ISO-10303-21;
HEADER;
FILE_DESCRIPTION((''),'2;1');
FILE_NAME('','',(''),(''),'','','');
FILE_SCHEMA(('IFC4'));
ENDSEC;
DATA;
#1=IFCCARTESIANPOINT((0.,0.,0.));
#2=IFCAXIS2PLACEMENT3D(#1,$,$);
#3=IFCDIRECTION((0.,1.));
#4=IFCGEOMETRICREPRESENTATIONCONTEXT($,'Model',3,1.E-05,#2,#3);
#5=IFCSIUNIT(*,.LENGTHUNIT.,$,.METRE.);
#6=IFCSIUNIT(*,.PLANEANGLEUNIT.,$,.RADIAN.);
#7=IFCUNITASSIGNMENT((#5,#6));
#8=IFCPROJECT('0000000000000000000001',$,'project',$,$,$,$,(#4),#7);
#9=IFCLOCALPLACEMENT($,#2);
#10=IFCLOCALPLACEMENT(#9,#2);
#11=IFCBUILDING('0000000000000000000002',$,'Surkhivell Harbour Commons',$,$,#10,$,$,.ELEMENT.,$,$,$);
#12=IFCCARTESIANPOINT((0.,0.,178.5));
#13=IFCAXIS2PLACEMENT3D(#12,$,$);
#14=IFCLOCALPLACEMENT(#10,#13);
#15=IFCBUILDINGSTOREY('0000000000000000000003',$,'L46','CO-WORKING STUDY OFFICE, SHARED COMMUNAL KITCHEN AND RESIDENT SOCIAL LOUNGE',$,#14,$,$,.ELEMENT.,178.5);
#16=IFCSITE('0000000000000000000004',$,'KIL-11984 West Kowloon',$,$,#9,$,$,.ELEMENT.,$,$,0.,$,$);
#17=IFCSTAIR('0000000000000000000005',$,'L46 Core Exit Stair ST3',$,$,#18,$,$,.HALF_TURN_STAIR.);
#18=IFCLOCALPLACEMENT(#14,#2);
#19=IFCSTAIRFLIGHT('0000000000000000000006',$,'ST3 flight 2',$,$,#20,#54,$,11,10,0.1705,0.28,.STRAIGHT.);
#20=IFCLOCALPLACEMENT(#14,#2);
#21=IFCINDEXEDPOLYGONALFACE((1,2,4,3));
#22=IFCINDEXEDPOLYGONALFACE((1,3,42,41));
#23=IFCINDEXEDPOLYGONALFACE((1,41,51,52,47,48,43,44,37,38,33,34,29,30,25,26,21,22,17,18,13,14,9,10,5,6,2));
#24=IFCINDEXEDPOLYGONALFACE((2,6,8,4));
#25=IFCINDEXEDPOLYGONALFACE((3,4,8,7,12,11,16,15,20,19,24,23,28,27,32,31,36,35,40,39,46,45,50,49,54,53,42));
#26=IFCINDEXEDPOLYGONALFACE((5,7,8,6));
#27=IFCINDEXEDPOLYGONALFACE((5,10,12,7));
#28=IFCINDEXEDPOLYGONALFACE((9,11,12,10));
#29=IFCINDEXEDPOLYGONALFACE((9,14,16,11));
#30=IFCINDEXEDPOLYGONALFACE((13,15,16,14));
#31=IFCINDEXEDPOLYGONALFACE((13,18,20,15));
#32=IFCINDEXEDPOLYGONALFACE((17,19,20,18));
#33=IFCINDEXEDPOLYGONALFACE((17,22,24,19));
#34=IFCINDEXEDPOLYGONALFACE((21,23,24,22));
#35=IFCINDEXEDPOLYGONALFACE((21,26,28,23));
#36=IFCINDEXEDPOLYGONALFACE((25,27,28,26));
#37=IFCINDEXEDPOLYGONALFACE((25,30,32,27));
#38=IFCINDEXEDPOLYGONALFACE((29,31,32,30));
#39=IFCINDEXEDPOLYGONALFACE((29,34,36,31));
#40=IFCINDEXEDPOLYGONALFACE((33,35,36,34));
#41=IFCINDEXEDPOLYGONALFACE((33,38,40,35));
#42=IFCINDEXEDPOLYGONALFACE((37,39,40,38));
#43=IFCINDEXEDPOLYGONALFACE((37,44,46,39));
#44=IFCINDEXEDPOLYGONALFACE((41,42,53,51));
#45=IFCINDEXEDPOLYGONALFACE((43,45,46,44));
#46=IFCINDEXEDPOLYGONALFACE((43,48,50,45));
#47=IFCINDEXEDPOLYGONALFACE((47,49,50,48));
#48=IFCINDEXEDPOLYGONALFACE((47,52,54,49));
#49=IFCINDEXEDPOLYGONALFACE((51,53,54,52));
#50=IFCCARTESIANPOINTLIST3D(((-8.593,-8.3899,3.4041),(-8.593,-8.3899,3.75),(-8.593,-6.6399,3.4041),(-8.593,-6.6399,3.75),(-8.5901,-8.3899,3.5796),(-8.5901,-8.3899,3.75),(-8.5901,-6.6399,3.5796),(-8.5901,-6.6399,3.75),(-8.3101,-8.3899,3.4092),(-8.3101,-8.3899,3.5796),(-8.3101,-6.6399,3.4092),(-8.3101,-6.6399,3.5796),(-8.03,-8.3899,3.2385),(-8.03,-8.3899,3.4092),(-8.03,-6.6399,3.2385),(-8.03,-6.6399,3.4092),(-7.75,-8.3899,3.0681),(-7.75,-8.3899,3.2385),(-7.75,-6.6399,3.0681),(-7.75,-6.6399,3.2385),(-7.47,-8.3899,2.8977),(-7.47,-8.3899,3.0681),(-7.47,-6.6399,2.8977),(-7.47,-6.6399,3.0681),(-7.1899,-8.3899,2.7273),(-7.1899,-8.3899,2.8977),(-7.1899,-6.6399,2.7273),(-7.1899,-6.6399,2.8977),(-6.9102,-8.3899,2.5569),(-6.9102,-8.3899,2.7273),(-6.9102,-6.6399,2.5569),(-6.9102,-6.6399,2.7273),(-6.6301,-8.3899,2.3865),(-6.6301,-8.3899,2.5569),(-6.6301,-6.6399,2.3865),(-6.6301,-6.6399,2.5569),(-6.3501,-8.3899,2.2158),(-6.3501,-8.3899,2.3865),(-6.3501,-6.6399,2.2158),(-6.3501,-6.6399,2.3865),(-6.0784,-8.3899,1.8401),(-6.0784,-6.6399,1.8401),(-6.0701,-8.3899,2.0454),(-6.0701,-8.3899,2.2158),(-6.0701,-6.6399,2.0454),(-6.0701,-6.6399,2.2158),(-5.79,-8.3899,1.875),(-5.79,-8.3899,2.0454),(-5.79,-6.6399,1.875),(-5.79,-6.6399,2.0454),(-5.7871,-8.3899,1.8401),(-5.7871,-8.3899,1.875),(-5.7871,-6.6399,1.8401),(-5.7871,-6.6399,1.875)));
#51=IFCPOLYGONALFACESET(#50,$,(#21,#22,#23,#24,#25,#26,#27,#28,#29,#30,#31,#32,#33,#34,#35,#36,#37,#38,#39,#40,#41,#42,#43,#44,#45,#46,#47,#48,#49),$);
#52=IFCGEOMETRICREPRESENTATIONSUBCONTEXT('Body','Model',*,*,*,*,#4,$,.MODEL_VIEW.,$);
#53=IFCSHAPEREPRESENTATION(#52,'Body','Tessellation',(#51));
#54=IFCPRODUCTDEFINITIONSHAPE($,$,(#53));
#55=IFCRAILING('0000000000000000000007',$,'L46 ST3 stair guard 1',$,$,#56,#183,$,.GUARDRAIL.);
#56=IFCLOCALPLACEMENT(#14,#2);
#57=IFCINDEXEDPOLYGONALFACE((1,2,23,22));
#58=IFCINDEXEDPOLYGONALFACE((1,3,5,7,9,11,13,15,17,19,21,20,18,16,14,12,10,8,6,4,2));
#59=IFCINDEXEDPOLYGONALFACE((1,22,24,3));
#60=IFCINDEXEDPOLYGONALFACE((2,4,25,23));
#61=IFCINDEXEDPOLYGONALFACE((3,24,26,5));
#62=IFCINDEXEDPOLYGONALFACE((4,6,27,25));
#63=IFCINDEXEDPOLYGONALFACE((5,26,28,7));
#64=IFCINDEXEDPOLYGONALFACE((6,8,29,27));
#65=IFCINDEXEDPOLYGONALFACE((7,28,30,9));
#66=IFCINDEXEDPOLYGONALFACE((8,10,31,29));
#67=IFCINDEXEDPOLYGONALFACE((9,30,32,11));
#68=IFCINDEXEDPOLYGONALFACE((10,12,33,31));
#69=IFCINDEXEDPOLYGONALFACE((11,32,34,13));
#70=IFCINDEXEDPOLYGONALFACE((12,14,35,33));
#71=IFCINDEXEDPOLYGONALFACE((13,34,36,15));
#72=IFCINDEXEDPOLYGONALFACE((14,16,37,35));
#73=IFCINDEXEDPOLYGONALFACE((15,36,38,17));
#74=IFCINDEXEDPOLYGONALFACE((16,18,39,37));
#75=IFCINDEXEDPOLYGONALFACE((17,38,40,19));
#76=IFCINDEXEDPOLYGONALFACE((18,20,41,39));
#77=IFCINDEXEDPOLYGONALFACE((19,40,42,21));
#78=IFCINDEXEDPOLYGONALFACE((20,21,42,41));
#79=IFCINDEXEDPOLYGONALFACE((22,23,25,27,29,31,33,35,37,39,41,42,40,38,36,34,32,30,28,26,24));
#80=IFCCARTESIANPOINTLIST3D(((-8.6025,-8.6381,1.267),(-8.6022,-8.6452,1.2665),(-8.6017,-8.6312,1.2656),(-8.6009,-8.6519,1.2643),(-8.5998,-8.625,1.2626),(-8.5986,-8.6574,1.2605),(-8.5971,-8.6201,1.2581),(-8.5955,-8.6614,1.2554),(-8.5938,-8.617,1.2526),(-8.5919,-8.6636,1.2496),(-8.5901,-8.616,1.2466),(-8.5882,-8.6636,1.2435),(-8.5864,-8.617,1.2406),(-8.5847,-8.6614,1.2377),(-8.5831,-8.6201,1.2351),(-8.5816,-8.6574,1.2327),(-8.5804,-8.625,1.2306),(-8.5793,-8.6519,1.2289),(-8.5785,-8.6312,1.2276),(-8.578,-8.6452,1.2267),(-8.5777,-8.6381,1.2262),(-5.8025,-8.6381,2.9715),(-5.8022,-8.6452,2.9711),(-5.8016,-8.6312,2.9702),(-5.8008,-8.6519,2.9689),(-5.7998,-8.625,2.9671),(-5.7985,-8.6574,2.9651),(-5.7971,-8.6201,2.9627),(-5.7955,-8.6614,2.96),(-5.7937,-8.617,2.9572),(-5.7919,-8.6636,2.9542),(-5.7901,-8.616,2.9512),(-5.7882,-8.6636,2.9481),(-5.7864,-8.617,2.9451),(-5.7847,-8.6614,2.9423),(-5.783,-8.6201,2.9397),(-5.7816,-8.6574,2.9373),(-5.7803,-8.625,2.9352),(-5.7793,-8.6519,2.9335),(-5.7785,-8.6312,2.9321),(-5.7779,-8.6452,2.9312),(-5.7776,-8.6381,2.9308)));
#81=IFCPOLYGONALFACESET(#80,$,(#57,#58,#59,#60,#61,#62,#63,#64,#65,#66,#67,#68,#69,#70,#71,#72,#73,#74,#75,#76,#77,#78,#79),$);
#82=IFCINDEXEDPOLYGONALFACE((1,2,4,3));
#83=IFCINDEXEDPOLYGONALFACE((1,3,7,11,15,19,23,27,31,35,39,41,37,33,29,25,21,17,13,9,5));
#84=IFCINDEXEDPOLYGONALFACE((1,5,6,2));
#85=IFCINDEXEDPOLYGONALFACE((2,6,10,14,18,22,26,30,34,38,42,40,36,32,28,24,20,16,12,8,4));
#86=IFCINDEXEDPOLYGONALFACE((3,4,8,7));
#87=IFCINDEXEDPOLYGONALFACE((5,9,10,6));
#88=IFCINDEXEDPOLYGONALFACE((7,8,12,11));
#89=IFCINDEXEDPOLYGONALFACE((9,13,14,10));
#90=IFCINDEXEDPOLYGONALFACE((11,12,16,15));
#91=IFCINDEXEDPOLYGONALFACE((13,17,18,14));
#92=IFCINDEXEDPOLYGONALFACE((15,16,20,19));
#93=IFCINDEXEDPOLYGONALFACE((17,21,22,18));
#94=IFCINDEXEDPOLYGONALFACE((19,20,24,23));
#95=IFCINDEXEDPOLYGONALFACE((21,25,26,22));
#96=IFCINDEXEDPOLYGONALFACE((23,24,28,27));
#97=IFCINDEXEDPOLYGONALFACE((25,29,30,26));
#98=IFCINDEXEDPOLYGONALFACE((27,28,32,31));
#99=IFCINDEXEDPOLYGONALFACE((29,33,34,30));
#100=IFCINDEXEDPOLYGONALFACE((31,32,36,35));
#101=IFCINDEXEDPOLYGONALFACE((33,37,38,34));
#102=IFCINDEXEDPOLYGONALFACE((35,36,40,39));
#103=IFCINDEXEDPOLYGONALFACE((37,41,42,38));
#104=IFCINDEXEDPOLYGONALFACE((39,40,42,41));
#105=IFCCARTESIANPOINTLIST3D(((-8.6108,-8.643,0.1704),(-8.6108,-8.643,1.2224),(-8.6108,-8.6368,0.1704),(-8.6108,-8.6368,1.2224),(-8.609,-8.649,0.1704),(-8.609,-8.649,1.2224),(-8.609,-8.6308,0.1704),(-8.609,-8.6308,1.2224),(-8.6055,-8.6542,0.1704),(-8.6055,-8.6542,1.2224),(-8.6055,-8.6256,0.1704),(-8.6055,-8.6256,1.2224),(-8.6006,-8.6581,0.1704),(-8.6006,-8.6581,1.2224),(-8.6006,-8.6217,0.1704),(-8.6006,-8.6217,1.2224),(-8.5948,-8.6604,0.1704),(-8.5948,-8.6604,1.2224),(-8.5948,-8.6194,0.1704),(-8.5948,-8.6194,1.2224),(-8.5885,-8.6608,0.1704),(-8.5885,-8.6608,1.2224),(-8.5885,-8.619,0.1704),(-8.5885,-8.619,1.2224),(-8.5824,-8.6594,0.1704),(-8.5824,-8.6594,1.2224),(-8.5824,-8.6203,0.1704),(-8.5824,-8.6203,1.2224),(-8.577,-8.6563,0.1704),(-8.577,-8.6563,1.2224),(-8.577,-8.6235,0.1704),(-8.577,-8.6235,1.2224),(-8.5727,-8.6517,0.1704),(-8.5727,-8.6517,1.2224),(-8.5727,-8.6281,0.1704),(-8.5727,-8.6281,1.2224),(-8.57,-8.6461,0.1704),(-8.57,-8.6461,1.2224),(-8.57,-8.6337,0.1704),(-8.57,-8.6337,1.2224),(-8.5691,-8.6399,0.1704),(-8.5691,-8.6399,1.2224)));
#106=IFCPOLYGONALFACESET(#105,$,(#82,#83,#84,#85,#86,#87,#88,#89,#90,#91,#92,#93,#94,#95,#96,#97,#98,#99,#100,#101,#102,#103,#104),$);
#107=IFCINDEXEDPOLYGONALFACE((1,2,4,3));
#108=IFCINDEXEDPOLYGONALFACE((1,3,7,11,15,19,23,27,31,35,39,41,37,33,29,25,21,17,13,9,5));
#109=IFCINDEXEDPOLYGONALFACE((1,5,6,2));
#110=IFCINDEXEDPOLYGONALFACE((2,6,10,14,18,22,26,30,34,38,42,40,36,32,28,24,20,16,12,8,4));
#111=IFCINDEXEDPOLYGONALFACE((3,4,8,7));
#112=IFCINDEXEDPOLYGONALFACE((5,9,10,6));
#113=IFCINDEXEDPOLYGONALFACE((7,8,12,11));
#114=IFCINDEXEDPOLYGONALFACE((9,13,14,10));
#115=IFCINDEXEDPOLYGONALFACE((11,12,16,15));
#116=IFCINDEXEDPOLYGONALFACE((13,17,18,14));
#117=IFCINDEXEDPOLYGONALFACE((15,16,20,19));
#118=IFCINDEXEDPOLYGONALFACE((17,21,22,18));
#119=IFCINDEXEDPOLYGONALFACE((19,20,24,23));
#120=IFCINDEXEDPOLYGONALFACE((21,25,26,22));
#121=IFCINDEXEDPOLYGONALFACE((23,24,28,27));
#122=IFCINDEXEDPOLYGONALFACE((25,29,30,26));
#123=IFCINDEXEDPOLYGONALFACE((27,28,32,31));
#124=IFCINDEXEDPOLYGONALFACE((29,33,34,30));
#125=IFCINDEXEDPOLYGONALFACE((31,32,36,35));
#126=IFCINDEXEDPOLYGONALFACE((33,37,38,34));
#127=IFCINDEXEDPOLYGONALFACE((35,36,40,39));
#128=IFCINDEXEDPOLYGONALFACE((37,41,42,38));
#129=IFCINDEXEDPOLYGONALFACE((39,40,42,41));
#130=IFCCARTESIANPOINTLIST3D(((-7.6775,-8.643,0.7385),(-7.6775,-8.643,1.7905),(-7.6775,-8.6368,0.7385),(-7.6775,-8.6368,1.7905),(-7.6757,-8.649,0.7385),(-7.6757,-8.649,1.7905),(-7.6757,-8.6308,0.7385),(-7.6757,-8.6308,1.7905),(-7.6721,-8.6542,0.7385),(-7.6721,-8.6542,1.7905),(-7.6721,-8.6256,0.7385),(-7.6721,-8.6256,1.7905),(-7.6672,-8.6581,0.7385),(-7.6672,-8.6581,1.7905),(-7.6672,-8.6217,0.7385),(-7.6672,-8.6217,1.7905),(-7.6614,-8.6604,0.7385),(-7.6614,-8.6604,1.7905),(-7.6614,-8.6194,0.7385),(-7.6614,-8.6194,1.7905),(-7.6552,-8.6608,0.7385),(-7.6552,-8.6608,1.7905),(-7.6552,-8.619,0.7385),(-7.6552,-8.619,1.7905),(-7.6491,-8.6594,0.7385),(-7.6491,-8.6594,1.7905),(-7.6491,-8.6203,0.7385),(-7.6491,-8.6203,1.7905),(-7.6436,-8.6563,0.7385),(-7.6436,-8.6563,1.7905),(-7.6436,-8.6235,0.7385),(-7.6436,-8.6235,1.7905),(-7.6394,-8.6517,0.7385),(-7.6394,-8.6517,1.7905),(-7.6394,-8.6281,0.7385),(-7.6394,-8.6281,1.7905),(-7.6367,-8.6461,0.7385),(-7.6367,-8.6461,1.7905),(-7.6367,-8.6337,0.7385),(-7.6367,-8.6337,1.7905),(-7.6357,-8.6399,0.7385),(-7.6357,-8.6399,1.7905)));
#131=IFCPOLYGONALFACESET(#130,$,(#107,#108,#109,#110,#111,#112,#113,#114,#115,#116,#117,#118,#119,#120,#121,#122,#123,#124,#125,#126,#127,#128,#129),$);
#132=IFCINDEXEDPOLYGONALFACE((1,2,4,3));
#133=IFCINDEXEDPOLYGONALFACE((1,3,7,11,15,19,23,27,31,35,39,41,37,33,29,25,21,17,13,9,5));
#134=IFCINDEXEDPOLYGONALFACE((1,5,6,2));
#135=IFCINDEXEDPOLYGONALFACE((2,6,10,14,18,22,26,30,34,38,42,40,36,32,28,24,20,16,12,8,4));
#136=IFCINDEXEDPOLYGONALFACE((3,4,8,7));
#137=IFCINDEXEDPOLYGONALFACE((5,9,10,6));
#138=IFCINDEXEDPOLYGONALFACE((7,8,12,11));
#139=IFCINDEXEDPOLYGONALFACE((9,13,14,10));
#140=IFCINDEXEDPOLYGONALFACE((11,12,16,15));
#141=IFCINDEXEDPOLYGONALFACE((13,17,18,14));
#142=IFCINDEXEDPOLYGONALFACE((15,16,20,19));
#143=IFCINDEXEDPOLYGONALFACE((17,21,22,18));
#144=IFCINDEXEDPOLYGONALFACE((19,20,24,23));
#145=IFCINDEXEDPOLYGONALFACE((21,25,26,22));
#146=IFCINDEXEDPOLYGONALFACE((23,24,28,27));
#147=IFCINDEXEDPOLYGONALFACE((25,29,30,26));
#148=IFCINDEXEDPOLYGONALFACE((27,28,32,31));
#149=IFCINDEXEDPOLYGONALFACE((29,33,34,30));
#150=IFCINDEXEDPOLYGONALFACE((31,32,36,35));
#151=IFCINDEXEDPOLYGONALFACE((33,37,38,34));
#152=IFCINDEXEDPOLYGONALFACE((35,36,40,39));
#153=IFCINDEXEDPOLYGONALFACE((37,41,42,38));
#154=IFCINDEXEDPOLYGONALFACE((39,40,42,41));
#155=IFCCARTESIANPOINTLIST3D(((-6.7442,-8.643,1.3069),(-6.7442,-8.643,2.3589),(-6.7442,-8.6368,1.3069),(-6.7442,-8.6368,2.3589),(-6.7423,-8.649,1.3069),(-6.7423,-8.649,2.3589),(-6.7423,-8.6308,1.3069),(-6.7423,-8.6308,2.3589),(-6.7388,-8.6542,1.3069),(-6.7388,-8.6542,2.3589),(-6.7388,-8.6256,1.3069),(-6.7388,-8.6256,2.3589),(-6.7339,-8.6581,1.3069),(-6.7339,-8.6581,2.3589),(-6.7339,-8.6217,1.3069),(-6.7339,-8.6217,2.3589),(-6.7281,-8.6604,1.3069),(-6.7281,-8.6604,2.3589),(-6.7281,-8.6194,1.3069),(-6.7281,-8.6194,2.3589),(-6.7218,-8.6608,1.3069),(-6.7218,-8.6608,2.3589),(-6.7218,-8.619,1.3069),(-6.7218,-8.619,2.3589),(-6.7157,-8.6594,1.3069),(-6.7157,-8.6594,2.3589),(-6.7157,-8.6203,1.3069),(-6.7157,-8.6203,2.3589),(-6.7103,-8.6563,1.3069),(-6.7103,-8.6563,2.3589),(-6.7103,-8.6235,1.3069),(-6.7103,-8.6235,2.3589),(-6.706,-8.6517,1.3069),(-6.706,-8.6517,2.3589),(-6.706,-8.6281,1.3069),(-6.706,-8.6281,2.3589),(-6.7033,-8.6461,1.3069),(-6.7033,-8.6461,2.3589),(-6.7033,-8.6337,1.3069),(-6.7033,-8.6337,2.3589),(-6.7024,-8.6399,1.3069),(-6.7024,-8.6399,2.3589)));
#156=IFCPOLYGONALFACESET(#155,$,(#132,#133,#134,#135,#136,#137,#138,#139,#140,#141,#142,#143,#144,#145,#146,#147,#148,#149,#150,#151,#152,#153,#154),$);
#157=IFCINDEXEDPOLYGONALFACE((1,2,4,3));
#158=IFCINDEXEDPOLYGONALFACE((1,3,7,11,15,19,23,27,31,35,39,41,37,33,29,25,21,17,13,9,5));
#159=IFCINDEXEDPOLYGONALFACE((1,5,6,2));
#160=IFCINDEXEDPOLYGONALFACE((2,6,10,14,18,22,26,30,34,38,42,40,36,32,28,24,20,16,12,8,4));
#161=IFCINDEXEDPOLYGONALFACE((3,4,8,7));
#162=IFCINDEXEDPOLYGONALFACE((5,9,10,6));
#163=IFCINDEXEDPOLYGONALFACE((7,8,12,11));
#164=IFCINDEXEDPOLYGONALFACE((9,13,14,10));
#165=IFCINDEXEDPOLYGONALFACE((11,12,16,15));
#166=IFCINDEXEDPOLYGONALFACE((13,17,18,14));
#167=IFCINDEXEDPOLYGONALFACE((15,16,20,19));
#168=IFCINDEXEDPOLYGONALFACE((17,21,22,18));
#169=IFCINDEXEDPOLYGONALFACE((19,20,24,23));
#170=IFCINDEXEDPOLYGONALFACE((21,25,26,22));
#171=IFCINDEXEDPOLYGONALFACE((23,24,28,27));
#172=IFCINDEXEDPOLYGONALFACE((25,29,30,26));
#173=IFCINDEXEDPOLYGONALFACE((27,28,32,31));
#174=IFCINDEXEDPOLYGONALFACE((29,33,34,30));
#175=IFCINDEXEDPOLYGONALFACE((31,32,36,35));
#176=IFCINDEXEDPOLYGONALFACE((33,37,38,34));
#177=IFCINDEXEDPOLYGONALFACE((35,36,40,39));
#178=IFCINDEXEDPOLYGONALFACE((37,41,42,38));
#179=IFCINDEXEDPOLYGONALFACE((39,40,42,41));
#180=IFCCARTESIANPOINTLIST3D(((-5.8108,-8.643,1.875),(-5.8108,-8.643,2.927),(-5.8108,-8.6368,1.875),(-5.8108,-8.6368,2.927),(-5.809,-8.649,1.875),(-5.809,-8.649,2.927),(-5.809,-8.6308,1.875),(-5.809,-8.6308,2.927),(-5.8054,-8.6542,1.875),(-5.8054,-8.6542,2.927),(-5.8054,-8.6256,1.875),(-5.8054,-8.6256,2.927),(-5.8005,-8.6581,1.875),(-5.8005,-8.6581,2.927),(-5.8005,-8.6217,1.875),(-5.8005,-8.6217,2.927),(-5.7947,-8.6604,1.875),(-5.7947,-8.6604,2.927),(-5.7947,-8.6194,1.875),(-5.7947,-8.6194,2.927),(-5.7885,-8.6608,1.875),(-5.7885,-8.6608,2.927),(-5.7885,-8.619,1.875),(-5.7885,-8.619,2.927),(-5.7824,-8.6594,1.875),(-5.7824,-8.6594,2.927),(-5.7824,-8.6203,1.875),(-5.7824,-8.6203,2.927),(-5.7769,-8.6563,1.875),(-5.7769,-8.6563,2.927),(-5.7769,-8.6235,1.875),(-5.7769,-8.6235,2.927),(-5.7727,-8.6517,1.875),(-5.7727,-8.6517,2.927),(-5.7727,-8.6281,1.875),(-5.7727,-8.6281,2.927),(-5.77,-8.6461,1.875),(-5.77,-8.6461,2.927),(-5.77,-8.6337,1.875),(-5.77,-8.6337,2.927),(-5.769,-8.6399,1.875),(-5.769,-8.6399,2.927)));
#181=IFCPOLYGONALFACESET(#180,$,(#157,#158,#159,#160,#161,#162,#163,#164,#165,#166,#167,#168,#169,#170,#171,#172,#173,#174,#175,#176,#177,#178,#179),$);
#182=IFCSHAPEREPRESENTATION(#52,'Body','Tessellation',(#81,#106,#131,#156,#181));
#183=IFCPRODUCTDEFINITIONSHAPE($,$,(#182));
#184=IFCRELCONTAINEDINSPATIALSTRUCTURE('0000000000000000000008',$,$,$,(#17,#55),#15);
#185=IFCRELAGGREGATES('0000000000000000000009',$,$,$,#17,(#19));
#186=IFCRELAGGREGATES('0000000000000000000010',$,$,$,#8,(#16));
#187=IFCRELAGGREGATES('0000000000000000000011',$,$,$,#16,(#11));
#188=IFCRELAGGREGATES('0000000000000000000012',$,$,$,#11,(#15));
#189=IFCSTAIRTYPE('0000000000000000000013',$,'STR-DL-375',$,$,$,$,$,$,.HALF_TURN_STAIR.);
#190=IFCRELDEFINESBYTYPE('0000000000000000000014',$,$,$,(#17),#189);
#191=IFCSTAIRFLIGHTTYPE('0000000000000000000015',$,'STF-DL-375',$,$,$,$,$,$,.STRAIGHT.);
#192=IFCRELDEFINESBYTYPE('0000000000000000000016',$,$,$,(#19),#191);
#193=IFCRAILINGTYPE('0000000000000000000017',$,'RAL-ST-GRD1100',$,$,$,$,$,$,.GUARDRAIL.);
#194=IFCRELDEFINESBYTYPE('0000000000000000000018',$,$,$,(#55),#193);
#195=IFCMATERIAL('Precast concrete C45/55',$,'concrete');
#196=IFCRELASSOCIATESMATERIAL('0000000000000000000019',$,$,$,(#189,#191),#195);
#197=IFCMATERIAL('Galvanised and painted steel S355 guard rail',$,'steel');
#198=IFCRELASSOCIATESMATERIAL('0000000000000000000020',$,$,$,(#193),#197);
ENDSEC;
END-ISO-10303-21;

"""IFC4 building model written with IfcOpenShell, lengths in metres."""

from ifc_helpers import new_model, si_unit, direction, frame, origin, origin_2d, place, context, subcontext, project, spatial, polyline, circle, outline, extrude, material, type_object, element, aggregate, save


model = new_model("IFC4")

# Units and contexts
model_context = context("Model", 3, precision=1e-05, world=origin(), true_north=direction((0.0, 1.0)))
body_context = subcontext(model_context, "Body", "Model", "MODEL_VIEW")
ifc_project = project(units=[si_unit("LENGTHUNIT", "METRE"), si_unit("PLANEANGLEUNIT", "RADIAN")], contexts=[model_context])

# Site, building, storey
site_placement = place(None, origin())
site = spatial("IfcSite", under=ifc_project, at=site_placement, Name="KIL-11984 West Kowloon", CompositionType="ELEMENT", RefElevation=0.0)
building_placement = place(site_placement, origin())
building = spatial("IfcBuilding", under=site, at=building_placement, Name="Surkhivell Harbour Commons", CompositionType="ELEMENT")
storey_placement = place(building_placement, frame((0.0, 0.0, 178.5)))
storey = spatial("IfcBuildingStorey", under=building, at=storey_placement, Name="L46", Description="CO-WORKING STUDY OFFICE, SHARED COMMUNAL KITCHEN AND RESIDENT SOCIAL LOUNGE", CompositionType="ELEMENT", Elevation=178.5)

# Stair, stair flight
ifc_material_1 = material(Name="Precast concrete C45/55", Category="concrete")
stair_type = type_object("IfcStairType", Name="STR-DL-375", PredefinedType="HALF_TURN_STAIR", material=ifc_material_1)
stair_placement = place(storey_placement, origin())
stair = element("IfcStair", 1, at=stair_placement, inside=storey, type_object=stair_type, Name="L46 Core Exit Stair ST3", PredefinedType="HALF_TURN_STAIR")
stair_flight_type = type_object("IfcStairFlightType", Name="STF-DL-375", PredefinedType="STRAIGHT", material=ifc_material_1)
stair_flight_1_placement = place(storey_placement, frame((-5.79, -7.5149, 1.875), z_axis=(0.0, 0.0, 1.0), x_axis=(-1.0, 0.0, 0.0)))
stair_flight_1 = element("IfcStairFlight", 2, at=stair_flight_1_placement, type_object=stair_flight_type, Name="ST3 flight 2", NumberOfRisers=11, NumberOfTreads=10, PredefinedType="STRAIGHT", RiserHeight=0.1705, TreadLength=0.28, context=body_context, shape_type="SweptSolid", body=[
    extrude(outline(polyline([(-0.0029, -0.0349), (-0.0029, 0.0), (0.0, 0.0), (0.0, 0.1704), (0.28, 0.1704), (0.28, 0.3408), (0.5601, 0.3408), (0.5601, 0.5115), (0.8401, 0.5115), (0.8401, 0.6819), (1.1201, 0.6819), (1.1201, 0.8523), (1.3999, 0.8523), (1.3999, 1.0227), (1.6799, 1.0227), (1.6799, 1.1931), (1.96, 1.1931), (1.96, 1.3635), (2.24, 1.3635), (2.24, 1.5342), (2.52, 1.5342), (2.52, 1.7046), (2.8, 1.7046), (2.8, 1.875), (2.803, 1.875), (2.803, 1.5291), (0.2883, -0.0349), (-0.0029, -0.0349)])), frame((0.0, 0.875, 0.0), z_axis=(0.0, -1.0, 0.0), x_axis=(1.0, 0.0, 0.0)), (0.0, 0.0, 1.0), 1.75),
])
aggregate(stair, [stair_flight_1])

# Railing
ifc_material_2 = material(Name="Galvanised and painted steel S355 guard rail", Category="steel")
railing_type_1 = type_object("IfcRailingType", Name="RAL-ST-GRD1100", PredefinedType="GUARDRAIL", material=ifc_material_2)
railing_1_placement = place(storey_placement, frame((-8.5901, -8.6399, 0.1704)))
element("IfcRailing", 3, at=railing_1_placement, inside=storey, type_object=railing_type_1, Name="L46 ST3 stair guard 1", PredefinedType="GUARDRAIL", context=body_context, shape_type="SweptSolid", body=[
    extrude(circle(Radius=0.0239, at=origin_2d()), frame((0.0, 0.0, 1.0762), z_axis=(0.85417, 0.0, 0.519994), x_axis=(0.0, 1.0, 0.0)), (0.0, 0.0, 1.0), 3.2781),
    extrude(circle(Radius=0.021, at=origin_2d()), origin(), (0.0, 0.0, 1.0), 1.052),
    extrude(circle(Radius=0.021, at=origin_2d()), frame((0.9333, 0.0, 0.5681)), (0.0, 0.0, 1.0), 1.052),
    extrude(circle(Radius=0.021, at=origin_2d()), frame((1.8667, 0.0, 1.1365)), (0.0, 0.0, 1.0), 1.052),
    extrude(circle(Radius=0.021, at=origin_2d()), frame((2.8, 0.0, 1.7046)), (0.0, 0.0, 1.0), 1.052),
])

save(model, "model.ifc")
